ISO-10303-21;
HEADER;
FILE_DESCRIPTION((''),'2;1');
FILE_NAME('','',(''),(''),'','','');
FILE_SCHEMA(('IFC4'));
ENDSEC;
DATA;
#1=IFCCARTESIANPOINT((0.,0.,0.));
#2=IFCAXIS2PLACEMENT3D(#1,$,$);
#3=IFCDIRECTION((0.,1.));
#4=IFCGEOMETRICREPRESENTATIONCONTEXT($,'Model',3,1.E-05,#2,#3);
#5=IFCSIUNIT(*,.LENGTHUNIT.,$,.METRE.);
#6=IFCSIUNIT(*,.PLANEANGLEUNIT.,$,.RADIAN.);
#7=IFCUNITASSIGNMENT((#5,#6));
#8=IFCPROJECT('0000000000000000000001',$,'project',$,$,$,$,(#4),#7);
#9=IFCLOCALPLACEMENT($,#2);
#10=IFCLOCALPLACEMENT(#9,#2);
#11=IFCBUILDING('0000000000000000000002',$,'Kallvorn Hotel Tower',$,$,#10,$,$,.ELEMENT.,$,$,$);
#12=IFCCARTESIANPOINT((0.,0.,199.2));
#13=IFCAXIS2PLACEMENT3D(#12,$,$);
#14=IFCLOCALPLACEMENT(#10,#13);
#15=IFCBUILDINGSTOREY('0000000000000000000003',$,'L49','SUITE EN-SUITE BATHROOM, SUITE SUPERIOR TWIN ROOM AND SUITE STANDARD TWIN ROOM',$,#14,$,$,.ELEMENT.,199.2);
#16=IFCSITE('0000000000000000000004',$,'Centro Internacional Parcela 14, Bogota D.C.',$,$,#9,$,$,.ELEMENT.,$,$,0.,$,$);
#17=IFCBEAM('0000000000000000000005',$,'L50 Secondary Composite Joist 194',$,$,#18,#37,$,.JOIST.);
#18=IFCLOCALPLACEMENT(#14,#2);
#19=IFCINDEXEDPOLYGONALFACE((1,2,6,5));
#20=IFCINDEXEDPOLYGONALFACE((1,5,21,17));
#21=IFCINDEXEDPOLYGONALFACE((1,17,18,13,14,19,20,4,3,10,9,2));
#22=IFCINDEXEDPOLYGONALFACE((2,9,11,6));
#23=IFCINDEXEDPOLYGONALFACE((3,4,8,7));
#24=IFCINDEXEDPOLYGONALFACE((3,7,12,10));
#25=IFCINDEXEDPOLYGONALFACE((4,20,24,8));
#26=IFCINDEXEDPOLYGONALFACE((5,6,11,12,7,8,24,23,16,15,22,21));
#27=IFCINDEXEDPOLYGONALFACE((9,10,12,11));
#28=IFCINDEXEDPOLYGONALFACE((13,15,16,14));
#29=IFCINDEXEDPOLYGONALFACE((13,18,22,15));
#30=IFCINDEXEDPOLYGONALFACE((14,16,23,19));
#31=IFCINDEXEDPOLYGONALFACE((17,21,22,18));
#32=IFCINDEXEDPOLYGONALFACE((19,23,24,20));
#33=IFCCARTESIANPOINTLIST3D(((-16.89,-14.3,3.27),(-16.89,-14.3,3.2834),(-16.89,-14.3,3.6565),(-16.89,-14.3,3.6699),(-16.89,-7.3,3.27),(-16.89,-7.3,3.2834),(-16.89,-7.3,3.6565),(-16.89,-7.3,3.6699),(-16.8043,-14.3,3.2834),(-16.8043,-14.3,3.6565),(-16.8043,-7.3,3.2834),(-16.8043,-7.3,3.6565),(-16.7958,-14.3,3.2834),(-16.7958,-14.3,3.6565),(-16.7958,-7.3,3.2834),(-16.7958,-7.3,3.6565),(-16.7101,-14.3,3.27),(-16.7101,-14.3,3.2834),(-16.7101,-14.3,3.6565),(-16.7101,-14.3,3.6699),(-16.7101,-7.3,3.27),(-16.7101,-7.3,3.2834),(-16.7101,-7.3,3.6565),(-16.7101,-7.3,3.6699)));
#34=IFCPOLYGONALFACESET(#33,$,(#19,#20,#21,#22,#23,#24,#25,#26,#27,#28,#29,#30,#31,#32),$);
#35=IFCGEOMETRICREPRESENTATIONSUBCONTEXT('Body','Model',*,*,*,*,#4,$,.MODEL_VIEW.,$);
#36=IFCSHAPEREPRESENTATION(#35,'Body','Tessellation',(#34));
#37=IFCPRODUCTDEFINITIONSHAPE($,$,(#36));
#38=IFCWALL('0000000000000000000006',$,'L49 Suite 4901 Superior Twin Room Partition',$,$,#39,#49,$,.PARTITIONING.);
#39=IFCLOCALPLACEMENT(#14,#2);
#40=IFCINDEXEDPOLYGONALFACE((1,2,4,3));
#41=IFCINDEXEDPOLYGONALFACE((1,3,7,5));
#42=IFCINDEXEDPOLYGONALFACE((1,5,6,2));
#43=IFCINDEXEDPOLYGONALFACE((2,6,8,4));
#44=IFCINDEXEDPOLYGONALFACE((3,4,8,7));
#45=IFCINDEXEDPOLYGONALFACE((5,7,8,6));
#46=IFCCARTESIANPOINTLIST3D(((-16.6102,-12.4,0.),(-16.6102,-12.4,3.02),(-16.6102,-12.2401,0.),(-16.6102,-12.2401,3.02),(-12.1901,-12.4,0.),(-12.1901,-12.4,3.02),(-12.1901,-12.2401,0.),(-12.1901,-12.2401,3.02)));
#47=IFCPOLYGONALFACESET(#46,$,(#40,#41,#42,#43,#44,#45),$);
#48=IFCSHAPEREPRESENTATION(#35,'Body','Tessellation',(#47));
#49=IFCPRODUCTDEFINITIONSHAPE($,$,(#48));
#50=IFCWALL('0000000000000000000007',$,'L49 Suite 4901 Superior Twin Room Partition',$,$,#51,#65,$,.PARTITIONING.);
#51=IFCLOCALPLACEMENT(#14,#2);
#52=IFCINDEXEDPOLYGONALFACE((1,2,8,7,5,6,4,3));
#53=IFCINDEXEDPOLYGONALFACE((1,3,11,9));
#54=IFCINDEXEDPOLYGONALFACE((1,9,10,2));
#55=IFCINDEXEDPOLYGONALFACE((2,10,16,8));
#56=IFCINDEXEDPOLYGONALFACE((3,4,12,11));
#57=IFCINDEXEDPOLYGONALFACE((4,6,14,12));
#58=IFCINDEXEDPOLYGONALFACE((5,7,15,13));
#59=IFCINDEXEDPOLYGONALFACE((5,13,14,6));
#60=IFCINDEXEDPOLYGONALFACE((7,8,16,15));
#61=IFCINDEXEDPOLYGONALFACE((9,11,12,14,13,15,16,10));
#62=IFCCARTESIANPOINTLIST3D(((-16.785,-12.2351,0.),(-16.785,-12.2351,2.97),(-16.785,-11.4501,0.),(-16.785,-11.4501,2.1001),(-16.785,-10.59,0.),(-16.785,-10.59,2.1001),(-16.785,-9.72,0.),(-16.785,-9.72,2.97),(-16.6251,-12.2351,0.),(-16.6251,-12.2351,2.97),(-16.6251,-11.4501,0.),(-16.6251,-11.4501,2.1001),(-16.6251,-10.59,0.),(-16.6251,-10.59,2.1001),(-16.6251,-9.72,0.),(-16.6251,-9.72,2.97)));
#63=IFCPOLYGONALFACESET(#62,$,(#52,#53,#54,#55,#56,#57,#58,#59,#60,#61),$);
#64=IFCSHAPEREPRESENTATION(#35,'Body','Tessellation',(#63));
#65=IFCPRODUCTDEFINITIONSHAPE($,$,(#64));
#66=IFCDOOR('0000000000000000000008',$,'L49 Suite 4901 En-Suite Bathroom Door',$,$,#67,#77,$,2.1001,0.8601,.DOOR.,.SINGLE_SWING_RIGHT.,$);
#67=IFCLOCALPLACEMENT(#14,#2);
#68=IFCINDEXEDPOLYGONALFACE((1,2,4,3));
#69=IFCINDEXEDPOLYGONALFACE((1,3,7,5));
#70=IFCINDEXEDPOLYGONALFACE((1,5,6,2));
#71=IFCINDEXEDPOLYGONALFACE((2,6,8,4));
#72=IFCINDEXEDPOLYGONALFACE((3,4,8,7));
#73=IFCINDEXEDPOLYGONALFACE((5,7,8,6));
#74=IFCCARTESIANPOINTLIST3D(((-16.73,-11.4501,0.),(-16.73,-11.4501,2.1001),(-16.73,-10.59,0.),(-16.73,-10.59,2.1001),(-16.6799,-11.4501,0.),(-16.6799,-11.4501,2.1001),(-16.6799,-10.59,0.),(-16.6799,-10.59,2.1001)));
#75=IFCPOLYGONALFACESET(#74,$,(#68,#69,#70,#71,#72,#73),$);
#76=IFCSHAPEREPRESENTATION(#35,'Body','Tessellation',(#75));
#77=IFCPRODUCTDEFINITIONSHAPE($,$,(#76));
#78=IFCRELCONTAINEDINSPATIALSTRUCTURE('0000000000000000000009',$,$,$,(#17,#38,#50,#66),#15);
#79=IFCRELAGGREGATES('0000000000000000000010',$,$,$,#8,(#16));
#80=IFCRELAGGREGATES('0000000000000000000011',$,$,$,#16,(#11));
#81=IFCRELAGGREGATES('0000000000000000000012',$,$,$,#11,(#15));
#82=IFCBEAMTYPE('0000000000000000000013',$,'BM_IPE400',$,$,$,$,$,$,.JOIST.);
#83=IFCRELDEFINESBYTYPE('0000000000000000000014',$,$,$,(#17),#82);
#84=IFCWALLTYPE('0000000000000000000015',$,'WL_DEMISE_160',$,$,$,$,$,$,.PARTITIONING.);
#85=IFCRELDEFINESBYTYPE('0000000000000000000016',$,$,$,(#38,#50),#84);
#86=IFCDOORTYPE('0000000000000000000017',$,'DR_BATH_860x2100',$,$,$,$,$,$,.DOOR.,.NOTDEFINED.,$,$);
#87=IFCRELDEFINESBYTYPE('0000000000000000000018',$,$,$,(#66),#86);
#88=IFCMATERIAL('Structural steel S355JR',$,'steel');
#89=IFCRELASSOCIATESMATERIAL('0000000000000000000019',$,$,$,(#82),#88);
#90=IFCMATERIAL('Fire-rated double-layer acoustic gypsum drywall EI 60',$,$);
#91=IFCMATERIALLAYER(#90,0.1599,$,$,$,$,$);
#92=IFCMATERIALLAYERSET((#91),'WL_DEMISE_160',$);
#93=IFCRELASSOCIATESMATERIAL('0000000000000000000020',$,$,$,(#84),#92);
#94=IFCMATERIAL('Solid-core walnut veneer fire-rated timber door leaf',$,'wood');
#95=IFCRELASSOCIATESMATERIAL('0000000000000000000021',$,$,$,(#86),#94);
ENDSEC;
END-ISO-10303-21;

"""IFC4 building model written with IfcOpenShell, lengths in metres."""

from ifc_helpers import new_model, si_unit, direction, frame, frame_2d, origin, origin_2d, place, context, subcontext, project, spatial, rectangle, i_section, extrude, material, layer, layer_set, material_profile, profile_set, type_object, element, fill, save


model = new_model("IFC4")

# Units and contexts
model_context = context("Model", 3, precision=1e-05, world=origin(), true_north=direction((0.0, 1.0)))
body_context = subcontext(model_context, "Body", "Model", "MODEL_VIEW")
ifc_project = project(units=[si_unit("LENGTHUNIT", "METRE"), si_unit("PLANEANGLEUNIT", "RADIAN")], contexts=[model_context])

# Site, building, storey
site_placement = place(None, origin())
site = spatial("IfcSite", under=ifc_project, at=site_placement, Name="Centro Internacional Parcela 14, Bogota D.C.", CompositionType="ELEMENT", RefElevation=0.0)
building_placement = place(site_placement, origin())
building = spatial("IfcBuilding", under=site, at=building_placement, Name="Kallvorn Hotel Tower", CompositionType="ELEMENT")
storey_placement = place(building_placement, frame((0.0, 0.0, 199.2)))
storey = spatial("IfcBuildingStorey", under=building, at=storey_placement, Name="L49", Description="SUITE EN-SUITE BATHROOM, SUITE SUPERIOR TWIN ROOM AND SUITE STANDARD TWIN ROOM", CompositionType="ELEMENT", Elevation=199.2)

# Beam
ifc_material_1 = material(Name="Structural steel S355JR", Category="steel")
ifc_material_profile_1 = material_profile(ifc_material_1, i_section(OverallWidth=0.1799, OverallDepth=0.3999, WebThickness=0.0085, FlangeThickness=0.0134, at=origin_2d()), Name="IPE 400")
ifc_profile_set_1 = profile_set([ifc_material_profile_1], Name="Structural steel S355JR")
beam_type_1 = type_object("IfcBeamType", Name="BM_IPE400", PredefinedType="JOIST", material=ifc_profile_set_1)
for number, where, z_axis, x_axis, name in (
    (1, (-16.8, -14.3, 3.47), (0.0, 1.0, 0.0), (-1.0, 0.0, 0.0), "L50 Secondary Composite Joist 194"),
):
    element("IfcBeam", number, at=place(storey_placement, frame(where, z_axis=z_axis, x_axis=x_axis)), inside=storey, type_object=beam_type_1, Name=name, PredefinedType="JOIST", context=body_context, shape_type="SweptSolid", body=[
        extrude(i_section(OverallWidth=0.1799, OverallDepth=0.3999, WebThickness=0.0085, FlangeThickness=0.0134, at=origin_2d()), origin(), (0.0, 0.0, 1.0), 7.0),
    ])

# Wall
ifc_material_2 = material(Name="Fire-rated double-layer acoustic gypsum drywall EI 60")
ifc_layer = layer(ifc_material_2, 0.1599)
ifc_layer_set = layer_set([ifc_layer], Name="WL_DEMISE_160")
wall_type = type_object("IfcWallType", Name="WL_DEMISE_160", PredefinedType="PARTITIONING", material=ifc_layer_set)
wall_1_placement = place(storey_placement, frame((-16.6101, -12.3201, 0.0), z_axis=(0.0, 0.0, 1.0), x_axis=(1.0, 0.0, 0.0)))
element("IfcWall", 2, at=wall_1_placement, inside=storey, type_object=wall_type, Name="L49 Suite 4901 Superior Twin Room Partition", PredefinedType="PARTITIONING", context=body_context, shape_type="SweptSolid", body=[
    extrude(rectangle(XDim=4.4202, YDim=0.1599, at=frame_2d((2.21, 0.0))), origin(), (0.0, 0.0, 1.0), 3.02),
])

# Wall, opening, door
wall_2_placement = place(storey_placement, frame((-16.7051, -12.2351, 0.0), z_axis=(0.0, 0.0, 1.0), x_axis=(0.0, 1.0, 0.0)))
wall_2 = element("IfcWall", 3, at=wall_2_placement, inside=storey, type_object=wall_type, Name="L49 Suite 4901 Superior Twin Room Partition", PredefinedType="PARTITIONING", context=body_context, shape_type="SweptSolid", body=[
    extrude(rectangle(XDim=2.5151, YDim=0.1599, at=frame_2d((1.2576, 0.0))), origin(), (0.0, 0.0, 1.0), 2.97),
])
opening_placement = place(wall_2_placement, frame((0.7849, 0.0, 0.0)))
opening = element("IfcOpeningElement", 4, at=opening_placement, cuts=wall_2, PredefinedType="OPENING", context=body_context, shape_type="SweptSolid", body=[
    extrude(rectangle(XDim=0.8601, YDim=2.1001, at=frame_2d((0.4302, 1.05))), frame((0.0, 0.095, 0.0), z_axis=(0.0, -1.0, 0.0), x_axis=(1.0, 0.0, 0.0)), (0.0, 0.0, 1.0), 0.1899),
])
ifc_material_3 = material(Name="Solid-core walnut veneer fire-rated timber door leaf", Category="wood")
door_type = type_object("IfcDoorType", Name="DR_BATH_860x2100", OperationType="NOTDEFINED", PredefinedType="DOOR", material=ifc_material_3)
door_placement = place(opening_placement, origin())
door = element("IfcDoor", 5, at=door_placement, inside=storey, type_object=door_type, Name="L49 Suite 4901 En-Suite Bathroom Door", OperationType="SINGLE_SWING_RIGHT", OverallHeight=2.1001, OverallWidth=0.8601, PredefinedType="DOOR", context=body_context, shape_type="SweptSolid", body=[
    extrude(rectangle(XDim=0.8601, YDim=2.1001, at=frame_2d((0.4302, 1.05))), frame((0.0, 0.0249, 0.0), z_axis=(0.0, -1.0, 0.0), x_axis=(1.0, 0.0, 0.0)), (0.0, 0.0, 1.0), 0.05),
])
fill(opening, door)

save(model, "model.ifc")
